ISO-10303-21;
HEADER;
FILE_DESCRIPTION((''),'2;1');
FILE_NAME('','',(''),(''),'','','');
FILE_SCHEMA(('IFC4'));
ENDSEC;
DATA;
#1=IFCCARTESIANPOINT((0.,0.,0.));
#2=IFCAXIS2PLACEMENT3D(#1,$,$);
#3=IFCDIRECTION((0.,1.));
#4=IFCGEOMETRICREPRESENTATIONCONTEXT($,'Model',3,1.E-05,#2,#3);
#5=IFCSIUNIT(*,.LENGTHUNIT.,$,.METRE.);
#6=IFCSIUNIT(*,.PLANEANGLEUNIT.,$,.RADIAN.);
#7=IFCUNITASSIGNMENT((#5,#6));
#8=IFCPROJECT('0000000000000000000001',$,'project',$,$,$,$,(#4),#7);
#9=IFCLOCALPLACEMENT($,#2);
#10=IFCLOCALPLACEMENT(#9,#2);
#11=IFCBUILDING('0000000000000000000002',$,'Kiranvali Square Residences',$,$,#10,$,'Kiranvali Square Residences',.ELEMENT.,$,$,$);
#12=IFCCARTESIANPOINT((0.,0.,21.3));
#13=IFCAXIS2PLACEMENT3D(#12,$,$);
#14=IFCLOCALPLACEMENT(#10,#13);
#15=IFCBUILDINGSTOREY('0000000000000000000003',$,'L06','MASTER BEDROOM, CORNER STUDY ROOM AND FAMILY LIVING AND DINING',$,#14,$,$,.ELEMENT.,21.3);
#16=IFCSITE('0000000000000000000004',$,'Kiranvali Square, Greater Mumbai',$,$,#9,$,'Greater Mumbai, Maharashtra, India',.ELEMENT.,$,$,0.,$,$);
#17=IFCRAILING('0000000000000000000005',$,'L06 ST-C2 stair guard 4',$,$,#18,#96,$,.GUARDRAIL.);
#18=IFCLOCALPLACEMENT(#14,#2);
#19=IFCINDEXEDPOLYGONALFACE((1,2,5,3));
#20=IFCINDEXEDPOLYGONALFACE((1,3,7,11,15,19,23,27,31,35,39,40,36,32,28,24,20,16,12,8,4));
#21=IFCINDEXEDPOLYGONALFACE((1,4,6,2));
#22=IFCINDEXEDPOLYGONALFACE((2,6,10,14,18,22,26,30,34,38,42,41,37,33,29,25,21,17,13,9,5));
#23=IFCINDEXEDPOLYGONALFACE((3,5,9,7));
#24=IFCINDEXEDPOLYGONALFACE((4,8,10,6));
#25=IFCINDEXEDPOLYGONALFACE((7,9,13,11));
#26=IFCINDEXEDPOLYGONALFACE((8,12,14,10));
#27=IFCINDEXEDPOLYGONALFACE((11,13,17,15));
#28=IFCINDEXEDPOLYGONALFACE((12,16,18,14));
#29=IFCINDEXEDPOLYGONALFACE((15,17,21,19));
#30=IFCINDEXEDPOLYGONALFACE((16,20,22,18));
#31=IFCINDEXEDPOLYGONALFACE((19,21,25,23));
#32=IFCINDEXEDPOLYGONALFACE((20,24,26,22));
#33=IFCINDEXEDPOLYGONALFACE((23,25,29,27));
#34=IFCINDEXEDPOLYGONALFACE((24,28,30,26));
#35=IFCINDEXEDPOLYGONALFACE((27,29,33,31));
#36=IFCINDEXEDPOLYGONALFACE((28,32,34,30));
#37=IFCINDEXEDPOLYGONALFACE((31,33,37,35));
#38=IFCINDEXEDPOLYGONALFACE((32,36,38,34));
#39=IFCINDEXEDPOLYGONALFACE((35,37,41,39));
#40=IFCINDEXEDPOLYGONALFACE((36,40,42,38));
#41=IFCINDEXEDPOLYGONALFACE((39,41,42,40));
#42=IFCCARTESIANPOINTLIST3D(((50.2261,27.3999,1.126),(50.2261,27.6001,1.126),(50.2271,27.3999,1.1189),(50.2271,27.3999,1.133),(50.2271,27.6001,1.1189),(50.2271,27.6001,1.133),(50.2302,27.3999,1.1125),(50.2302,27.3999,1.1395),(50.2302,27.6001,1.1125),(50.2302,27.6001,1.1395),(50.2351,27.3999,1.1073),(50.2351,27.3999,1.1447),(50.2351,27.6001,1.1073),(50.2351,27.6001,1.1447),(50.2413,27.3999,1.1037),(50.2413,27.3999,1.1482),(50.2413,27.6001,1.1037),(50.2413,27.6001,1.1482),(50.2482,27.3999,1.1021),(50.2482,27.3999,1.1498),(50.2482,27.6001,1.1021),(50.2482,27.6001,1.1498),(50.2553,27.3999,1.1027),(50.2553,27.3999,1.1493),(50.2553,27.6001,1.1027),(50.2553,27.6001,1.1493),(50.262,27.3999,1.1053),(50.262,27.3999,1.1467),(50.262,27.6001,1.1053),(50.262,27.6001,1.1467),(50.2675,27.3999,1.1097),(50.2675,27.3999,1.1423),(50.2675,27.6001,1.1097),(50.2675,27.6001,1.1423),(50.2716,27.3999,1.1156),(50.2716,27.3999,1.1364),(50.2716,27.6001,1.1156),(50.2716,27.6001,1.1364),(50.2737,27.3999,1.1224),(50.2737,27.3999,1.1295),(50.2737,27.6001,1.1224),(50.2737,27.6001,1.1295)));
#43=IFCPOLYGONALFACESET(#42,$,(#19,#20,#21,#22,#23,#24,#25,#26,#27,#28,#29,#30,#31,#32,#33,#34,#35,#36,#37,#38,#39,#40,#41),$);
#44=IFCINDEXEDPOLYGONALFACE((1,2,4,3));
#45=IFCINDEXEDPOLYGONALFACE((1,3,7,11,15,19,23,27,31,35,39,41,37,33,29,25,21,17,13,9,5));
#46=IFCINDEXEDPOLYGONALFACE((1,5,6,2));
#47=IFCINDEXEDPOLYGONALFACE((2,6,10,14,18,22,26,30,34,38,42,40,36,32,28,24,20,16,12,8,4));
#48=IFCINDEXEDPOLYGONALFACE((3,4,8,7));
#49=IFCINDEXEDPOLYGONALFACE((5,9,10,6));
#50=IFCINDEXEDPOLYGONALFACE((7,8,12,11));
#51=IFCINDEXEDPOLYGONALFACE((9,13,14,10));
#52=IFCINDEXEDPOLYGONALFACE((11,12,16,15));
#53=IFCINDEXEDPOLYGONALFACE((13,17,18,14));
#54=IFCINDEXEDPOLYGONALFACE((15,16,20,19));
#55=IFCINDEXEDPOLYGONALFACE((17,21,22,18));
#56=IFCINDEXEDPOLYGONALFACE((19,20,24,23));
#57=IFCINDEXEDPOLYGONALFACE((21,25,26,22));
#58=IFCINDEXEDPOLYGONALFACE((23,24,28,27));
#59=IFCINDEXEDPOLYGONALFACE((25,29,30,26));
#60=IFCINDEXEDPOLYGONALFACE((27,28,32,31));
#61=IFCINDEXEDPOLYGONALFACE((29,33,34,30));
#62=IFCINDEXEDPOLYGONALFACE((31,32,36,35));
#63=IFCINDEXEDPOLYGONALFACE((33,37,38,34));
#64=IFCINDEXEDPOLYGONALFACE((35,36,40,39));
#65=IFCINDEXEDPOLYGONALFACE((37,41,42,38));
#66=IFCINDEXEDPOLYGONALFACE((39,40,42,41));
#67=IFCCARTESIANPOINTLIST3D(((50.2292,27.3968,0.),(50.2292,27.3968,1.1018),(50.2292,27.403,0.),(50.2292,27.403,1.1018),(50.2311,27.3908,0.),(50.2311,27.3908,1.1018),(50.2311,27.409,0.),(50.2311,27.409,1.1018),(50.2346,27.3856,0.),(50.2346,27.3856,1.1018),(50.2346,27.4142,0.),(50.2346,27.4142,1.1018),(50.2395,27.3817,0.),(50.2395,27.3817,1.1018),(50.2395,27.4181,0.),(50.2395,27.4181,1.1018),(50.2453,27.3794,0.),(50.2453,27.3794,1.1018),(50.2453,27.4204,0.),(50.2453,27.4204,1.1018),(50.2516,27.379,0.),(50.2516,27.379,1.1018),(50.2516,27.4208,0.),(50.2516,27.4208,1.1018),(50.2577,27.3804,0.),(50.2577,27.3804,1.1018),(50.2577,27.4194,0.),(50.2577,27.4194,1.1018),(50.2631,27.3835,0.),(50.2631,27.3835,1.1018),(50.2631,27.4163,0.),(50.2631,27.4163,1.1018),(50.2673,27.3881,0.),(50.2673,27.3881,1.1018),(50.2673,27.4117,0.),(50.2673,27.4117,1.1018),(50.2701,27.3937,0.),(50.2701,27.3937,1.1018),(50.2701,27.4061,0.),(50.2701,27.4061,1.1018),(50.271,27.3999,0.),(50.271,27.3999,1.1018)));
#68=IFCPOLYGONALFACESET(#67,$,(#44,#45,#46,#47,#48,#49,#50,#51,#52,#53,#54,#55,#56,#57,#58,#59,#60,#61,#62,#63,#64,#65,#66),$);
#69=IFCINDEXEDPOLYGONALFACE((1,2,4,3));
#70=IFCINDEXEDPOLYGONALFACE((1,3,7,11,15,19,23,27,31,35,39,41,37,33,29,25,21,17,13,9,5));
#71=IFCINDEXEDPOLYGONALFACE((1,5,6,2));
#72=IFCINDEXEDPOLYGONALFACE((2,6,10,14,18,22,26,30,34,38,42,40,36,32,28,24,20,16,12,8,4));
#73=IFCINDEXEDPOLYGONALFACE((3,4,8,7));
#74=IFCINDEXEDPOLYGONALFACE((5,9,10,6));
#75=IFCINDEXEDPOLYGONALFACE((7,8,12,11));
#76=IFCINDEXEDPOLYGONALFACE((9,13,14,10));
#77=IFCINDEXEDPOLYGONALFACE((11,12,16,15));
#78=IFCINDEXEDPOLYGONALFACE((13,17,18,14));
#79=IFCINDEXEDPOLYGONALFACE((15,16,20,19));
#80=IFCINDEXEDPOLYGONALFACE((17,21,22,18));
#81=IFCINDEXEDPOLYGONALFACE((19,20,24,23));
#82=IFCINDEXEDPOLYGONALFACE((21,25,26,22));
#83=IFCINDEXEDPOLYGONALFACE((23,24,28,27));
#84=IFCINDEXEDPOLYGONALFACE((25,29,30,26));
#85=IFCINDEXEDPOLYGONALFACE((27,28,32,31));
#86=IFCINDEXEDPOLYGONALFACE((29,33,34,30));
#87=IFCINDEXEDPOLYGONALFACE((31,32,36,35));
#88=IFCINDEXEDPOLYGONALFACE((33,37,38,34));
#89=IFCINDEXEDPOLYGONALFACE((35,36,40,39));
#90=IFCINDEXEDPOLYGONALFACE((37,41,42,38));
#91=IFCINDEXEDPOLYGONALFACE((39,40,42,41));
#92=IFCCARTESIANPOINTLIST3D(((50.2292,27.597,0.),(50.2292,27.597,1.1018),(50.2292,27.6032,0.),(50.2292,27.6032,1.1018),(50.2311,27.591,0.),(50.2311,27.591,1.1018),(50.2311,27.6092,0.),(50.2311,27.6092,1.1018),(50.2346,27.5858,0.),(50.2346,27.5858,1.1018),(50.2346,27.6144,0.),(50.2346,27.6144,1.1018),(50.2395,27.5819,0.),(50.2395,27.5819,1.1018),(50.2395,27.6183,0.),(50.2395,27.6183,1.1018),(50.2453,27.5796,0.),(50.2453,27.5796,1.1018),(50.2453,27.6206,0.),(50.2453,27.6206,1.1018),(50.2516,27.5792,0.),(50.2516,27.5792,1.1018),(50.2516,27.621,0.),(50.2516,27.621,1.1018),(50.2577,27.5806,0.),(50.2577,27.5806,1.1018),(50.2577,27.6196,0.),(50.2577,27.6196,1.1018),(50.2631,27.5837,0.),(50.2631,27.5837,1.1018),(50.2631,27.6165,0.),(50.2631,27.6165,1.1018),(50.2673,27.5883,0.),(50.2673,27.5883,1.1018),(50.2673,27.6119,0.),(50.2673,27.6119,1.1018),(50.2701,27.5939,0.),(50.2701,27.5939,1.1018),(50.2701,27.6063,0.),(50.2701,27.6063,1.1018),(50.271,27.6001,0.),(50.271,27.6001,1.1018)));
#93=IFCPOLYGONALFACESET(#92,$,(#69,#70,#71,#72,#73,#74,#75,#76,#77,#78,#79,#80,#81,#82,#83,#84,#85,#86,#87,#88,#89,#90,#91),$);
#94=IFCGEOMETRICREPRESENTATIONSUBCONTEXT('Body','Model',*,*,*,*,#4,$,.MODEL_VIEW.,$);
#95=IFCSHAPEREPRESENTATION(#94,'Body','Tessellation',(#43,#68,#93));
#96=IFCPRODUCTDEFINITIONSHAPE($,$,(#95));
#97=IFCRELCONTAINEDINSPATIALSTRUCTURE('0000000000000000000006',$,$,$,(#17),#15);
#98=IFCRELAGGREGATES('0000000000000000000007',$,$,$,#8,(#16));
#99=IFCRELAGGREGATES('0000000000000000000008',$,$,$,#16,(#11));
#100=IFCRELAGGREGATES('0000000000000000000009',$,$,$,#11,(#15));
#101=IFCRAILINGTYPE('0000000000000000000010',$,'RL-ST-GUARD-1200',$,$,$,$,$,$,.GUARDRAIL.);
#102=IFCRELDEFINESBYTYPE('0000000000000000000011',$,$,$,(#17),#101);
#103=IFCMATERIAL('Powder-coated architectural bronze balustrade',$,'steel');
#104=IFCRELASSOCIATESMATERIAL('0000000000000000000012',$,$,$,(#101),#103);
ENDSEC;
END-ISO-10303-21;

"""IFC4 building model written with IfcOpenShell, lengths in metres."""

from ifc_helpers import new_model, si_unit, direction, frame, origin, origin_2d, place, context, subcontext, project, spatial, circle, extrude, material, type_object, element, save


model = new_model("IFC4")

# Units and contexts
model_context = context("Model", 3, precision=1e-05, world=origin(), true_north=direction((0.0, 1.0)))
body_context = subcontext(model_context, "Body", "Model", "MODEL_VIEW")
ifc_project = project(units=[si_unit("LENGTHUNIT", "METRE"), si_unit("PLANEANGLEUNIT", "RADIAN")], contexts=[model_context])

# Site, building, storey
site_placement = place(None, origin())
site = spatial("IfcSite", under=ifc_project, at=site_placement, Name="Kiranvali Square, Greater Mumbai", LongName="Greater Mumbai, Maharashtra, India", CompositionType="ELEMENT", RefElevation=0.0)
building_placement = place(site_placement, origin())
building = spatial("IfcBuilding", under=site, at=building_placement, Name="Kiranvali Square Residences", LongName="Kiranvali Square Residences", CompositionType="ELEMENT")
storey_placement = place(building_placement, frame((0.0, 0.0, 21.3)))
storey = spatial("IfcBuildingStorey", under=building, at=storey_placement, Name="L06", Description="MASTER BEDROOM, CORNER STUDY ROOM AND FAMILY LIVING AND DINING", CompositionType="ELEMENT", Elevation=21.3)

# Railing
ifc_material_1 = material(Name="Powder-coated architectural bronze balustrade", Category="steel")
railing_type_1 = type_object("IfcRailingType", Name="RL-ST-GUARD-1200", PredefinedType="GUARDRAIL", material=ifc_material_1)
railing_1_placement = place(storey_placement, frame((50.25, 27.3999, 0.0)))
element("IfcRailing", 1, at=railing_1_placement, inside=storey, type_object=railing_type_1, Name="L06 ST-C2 stair guard 4", PredefinedType="GUARDRAIL", context=body_context, shape_type="SweptSolid", body=[
    extrude(circle(Radius=0.0239, at=origin_2d()), frame((0.0, 0.0, 1.126), z_axis=(0.0, 1.0, 0.0), x_axis=(-1.0, 0.0, 0.0)), (0.0, 0.0, 1.0), 0.2002),
    extrude(circle(Radius=0.021, at=origin_2d()), origin(), (0.0, 0.0, 1.0), 1.1018),
    extrude(circle(Radius=0.021, at=origin_2d()), frame((0.0, 0.2002, 0.0)), (0.0, 0.0, 1.0), 1.1018),
])

save(model, "model.ifc")
